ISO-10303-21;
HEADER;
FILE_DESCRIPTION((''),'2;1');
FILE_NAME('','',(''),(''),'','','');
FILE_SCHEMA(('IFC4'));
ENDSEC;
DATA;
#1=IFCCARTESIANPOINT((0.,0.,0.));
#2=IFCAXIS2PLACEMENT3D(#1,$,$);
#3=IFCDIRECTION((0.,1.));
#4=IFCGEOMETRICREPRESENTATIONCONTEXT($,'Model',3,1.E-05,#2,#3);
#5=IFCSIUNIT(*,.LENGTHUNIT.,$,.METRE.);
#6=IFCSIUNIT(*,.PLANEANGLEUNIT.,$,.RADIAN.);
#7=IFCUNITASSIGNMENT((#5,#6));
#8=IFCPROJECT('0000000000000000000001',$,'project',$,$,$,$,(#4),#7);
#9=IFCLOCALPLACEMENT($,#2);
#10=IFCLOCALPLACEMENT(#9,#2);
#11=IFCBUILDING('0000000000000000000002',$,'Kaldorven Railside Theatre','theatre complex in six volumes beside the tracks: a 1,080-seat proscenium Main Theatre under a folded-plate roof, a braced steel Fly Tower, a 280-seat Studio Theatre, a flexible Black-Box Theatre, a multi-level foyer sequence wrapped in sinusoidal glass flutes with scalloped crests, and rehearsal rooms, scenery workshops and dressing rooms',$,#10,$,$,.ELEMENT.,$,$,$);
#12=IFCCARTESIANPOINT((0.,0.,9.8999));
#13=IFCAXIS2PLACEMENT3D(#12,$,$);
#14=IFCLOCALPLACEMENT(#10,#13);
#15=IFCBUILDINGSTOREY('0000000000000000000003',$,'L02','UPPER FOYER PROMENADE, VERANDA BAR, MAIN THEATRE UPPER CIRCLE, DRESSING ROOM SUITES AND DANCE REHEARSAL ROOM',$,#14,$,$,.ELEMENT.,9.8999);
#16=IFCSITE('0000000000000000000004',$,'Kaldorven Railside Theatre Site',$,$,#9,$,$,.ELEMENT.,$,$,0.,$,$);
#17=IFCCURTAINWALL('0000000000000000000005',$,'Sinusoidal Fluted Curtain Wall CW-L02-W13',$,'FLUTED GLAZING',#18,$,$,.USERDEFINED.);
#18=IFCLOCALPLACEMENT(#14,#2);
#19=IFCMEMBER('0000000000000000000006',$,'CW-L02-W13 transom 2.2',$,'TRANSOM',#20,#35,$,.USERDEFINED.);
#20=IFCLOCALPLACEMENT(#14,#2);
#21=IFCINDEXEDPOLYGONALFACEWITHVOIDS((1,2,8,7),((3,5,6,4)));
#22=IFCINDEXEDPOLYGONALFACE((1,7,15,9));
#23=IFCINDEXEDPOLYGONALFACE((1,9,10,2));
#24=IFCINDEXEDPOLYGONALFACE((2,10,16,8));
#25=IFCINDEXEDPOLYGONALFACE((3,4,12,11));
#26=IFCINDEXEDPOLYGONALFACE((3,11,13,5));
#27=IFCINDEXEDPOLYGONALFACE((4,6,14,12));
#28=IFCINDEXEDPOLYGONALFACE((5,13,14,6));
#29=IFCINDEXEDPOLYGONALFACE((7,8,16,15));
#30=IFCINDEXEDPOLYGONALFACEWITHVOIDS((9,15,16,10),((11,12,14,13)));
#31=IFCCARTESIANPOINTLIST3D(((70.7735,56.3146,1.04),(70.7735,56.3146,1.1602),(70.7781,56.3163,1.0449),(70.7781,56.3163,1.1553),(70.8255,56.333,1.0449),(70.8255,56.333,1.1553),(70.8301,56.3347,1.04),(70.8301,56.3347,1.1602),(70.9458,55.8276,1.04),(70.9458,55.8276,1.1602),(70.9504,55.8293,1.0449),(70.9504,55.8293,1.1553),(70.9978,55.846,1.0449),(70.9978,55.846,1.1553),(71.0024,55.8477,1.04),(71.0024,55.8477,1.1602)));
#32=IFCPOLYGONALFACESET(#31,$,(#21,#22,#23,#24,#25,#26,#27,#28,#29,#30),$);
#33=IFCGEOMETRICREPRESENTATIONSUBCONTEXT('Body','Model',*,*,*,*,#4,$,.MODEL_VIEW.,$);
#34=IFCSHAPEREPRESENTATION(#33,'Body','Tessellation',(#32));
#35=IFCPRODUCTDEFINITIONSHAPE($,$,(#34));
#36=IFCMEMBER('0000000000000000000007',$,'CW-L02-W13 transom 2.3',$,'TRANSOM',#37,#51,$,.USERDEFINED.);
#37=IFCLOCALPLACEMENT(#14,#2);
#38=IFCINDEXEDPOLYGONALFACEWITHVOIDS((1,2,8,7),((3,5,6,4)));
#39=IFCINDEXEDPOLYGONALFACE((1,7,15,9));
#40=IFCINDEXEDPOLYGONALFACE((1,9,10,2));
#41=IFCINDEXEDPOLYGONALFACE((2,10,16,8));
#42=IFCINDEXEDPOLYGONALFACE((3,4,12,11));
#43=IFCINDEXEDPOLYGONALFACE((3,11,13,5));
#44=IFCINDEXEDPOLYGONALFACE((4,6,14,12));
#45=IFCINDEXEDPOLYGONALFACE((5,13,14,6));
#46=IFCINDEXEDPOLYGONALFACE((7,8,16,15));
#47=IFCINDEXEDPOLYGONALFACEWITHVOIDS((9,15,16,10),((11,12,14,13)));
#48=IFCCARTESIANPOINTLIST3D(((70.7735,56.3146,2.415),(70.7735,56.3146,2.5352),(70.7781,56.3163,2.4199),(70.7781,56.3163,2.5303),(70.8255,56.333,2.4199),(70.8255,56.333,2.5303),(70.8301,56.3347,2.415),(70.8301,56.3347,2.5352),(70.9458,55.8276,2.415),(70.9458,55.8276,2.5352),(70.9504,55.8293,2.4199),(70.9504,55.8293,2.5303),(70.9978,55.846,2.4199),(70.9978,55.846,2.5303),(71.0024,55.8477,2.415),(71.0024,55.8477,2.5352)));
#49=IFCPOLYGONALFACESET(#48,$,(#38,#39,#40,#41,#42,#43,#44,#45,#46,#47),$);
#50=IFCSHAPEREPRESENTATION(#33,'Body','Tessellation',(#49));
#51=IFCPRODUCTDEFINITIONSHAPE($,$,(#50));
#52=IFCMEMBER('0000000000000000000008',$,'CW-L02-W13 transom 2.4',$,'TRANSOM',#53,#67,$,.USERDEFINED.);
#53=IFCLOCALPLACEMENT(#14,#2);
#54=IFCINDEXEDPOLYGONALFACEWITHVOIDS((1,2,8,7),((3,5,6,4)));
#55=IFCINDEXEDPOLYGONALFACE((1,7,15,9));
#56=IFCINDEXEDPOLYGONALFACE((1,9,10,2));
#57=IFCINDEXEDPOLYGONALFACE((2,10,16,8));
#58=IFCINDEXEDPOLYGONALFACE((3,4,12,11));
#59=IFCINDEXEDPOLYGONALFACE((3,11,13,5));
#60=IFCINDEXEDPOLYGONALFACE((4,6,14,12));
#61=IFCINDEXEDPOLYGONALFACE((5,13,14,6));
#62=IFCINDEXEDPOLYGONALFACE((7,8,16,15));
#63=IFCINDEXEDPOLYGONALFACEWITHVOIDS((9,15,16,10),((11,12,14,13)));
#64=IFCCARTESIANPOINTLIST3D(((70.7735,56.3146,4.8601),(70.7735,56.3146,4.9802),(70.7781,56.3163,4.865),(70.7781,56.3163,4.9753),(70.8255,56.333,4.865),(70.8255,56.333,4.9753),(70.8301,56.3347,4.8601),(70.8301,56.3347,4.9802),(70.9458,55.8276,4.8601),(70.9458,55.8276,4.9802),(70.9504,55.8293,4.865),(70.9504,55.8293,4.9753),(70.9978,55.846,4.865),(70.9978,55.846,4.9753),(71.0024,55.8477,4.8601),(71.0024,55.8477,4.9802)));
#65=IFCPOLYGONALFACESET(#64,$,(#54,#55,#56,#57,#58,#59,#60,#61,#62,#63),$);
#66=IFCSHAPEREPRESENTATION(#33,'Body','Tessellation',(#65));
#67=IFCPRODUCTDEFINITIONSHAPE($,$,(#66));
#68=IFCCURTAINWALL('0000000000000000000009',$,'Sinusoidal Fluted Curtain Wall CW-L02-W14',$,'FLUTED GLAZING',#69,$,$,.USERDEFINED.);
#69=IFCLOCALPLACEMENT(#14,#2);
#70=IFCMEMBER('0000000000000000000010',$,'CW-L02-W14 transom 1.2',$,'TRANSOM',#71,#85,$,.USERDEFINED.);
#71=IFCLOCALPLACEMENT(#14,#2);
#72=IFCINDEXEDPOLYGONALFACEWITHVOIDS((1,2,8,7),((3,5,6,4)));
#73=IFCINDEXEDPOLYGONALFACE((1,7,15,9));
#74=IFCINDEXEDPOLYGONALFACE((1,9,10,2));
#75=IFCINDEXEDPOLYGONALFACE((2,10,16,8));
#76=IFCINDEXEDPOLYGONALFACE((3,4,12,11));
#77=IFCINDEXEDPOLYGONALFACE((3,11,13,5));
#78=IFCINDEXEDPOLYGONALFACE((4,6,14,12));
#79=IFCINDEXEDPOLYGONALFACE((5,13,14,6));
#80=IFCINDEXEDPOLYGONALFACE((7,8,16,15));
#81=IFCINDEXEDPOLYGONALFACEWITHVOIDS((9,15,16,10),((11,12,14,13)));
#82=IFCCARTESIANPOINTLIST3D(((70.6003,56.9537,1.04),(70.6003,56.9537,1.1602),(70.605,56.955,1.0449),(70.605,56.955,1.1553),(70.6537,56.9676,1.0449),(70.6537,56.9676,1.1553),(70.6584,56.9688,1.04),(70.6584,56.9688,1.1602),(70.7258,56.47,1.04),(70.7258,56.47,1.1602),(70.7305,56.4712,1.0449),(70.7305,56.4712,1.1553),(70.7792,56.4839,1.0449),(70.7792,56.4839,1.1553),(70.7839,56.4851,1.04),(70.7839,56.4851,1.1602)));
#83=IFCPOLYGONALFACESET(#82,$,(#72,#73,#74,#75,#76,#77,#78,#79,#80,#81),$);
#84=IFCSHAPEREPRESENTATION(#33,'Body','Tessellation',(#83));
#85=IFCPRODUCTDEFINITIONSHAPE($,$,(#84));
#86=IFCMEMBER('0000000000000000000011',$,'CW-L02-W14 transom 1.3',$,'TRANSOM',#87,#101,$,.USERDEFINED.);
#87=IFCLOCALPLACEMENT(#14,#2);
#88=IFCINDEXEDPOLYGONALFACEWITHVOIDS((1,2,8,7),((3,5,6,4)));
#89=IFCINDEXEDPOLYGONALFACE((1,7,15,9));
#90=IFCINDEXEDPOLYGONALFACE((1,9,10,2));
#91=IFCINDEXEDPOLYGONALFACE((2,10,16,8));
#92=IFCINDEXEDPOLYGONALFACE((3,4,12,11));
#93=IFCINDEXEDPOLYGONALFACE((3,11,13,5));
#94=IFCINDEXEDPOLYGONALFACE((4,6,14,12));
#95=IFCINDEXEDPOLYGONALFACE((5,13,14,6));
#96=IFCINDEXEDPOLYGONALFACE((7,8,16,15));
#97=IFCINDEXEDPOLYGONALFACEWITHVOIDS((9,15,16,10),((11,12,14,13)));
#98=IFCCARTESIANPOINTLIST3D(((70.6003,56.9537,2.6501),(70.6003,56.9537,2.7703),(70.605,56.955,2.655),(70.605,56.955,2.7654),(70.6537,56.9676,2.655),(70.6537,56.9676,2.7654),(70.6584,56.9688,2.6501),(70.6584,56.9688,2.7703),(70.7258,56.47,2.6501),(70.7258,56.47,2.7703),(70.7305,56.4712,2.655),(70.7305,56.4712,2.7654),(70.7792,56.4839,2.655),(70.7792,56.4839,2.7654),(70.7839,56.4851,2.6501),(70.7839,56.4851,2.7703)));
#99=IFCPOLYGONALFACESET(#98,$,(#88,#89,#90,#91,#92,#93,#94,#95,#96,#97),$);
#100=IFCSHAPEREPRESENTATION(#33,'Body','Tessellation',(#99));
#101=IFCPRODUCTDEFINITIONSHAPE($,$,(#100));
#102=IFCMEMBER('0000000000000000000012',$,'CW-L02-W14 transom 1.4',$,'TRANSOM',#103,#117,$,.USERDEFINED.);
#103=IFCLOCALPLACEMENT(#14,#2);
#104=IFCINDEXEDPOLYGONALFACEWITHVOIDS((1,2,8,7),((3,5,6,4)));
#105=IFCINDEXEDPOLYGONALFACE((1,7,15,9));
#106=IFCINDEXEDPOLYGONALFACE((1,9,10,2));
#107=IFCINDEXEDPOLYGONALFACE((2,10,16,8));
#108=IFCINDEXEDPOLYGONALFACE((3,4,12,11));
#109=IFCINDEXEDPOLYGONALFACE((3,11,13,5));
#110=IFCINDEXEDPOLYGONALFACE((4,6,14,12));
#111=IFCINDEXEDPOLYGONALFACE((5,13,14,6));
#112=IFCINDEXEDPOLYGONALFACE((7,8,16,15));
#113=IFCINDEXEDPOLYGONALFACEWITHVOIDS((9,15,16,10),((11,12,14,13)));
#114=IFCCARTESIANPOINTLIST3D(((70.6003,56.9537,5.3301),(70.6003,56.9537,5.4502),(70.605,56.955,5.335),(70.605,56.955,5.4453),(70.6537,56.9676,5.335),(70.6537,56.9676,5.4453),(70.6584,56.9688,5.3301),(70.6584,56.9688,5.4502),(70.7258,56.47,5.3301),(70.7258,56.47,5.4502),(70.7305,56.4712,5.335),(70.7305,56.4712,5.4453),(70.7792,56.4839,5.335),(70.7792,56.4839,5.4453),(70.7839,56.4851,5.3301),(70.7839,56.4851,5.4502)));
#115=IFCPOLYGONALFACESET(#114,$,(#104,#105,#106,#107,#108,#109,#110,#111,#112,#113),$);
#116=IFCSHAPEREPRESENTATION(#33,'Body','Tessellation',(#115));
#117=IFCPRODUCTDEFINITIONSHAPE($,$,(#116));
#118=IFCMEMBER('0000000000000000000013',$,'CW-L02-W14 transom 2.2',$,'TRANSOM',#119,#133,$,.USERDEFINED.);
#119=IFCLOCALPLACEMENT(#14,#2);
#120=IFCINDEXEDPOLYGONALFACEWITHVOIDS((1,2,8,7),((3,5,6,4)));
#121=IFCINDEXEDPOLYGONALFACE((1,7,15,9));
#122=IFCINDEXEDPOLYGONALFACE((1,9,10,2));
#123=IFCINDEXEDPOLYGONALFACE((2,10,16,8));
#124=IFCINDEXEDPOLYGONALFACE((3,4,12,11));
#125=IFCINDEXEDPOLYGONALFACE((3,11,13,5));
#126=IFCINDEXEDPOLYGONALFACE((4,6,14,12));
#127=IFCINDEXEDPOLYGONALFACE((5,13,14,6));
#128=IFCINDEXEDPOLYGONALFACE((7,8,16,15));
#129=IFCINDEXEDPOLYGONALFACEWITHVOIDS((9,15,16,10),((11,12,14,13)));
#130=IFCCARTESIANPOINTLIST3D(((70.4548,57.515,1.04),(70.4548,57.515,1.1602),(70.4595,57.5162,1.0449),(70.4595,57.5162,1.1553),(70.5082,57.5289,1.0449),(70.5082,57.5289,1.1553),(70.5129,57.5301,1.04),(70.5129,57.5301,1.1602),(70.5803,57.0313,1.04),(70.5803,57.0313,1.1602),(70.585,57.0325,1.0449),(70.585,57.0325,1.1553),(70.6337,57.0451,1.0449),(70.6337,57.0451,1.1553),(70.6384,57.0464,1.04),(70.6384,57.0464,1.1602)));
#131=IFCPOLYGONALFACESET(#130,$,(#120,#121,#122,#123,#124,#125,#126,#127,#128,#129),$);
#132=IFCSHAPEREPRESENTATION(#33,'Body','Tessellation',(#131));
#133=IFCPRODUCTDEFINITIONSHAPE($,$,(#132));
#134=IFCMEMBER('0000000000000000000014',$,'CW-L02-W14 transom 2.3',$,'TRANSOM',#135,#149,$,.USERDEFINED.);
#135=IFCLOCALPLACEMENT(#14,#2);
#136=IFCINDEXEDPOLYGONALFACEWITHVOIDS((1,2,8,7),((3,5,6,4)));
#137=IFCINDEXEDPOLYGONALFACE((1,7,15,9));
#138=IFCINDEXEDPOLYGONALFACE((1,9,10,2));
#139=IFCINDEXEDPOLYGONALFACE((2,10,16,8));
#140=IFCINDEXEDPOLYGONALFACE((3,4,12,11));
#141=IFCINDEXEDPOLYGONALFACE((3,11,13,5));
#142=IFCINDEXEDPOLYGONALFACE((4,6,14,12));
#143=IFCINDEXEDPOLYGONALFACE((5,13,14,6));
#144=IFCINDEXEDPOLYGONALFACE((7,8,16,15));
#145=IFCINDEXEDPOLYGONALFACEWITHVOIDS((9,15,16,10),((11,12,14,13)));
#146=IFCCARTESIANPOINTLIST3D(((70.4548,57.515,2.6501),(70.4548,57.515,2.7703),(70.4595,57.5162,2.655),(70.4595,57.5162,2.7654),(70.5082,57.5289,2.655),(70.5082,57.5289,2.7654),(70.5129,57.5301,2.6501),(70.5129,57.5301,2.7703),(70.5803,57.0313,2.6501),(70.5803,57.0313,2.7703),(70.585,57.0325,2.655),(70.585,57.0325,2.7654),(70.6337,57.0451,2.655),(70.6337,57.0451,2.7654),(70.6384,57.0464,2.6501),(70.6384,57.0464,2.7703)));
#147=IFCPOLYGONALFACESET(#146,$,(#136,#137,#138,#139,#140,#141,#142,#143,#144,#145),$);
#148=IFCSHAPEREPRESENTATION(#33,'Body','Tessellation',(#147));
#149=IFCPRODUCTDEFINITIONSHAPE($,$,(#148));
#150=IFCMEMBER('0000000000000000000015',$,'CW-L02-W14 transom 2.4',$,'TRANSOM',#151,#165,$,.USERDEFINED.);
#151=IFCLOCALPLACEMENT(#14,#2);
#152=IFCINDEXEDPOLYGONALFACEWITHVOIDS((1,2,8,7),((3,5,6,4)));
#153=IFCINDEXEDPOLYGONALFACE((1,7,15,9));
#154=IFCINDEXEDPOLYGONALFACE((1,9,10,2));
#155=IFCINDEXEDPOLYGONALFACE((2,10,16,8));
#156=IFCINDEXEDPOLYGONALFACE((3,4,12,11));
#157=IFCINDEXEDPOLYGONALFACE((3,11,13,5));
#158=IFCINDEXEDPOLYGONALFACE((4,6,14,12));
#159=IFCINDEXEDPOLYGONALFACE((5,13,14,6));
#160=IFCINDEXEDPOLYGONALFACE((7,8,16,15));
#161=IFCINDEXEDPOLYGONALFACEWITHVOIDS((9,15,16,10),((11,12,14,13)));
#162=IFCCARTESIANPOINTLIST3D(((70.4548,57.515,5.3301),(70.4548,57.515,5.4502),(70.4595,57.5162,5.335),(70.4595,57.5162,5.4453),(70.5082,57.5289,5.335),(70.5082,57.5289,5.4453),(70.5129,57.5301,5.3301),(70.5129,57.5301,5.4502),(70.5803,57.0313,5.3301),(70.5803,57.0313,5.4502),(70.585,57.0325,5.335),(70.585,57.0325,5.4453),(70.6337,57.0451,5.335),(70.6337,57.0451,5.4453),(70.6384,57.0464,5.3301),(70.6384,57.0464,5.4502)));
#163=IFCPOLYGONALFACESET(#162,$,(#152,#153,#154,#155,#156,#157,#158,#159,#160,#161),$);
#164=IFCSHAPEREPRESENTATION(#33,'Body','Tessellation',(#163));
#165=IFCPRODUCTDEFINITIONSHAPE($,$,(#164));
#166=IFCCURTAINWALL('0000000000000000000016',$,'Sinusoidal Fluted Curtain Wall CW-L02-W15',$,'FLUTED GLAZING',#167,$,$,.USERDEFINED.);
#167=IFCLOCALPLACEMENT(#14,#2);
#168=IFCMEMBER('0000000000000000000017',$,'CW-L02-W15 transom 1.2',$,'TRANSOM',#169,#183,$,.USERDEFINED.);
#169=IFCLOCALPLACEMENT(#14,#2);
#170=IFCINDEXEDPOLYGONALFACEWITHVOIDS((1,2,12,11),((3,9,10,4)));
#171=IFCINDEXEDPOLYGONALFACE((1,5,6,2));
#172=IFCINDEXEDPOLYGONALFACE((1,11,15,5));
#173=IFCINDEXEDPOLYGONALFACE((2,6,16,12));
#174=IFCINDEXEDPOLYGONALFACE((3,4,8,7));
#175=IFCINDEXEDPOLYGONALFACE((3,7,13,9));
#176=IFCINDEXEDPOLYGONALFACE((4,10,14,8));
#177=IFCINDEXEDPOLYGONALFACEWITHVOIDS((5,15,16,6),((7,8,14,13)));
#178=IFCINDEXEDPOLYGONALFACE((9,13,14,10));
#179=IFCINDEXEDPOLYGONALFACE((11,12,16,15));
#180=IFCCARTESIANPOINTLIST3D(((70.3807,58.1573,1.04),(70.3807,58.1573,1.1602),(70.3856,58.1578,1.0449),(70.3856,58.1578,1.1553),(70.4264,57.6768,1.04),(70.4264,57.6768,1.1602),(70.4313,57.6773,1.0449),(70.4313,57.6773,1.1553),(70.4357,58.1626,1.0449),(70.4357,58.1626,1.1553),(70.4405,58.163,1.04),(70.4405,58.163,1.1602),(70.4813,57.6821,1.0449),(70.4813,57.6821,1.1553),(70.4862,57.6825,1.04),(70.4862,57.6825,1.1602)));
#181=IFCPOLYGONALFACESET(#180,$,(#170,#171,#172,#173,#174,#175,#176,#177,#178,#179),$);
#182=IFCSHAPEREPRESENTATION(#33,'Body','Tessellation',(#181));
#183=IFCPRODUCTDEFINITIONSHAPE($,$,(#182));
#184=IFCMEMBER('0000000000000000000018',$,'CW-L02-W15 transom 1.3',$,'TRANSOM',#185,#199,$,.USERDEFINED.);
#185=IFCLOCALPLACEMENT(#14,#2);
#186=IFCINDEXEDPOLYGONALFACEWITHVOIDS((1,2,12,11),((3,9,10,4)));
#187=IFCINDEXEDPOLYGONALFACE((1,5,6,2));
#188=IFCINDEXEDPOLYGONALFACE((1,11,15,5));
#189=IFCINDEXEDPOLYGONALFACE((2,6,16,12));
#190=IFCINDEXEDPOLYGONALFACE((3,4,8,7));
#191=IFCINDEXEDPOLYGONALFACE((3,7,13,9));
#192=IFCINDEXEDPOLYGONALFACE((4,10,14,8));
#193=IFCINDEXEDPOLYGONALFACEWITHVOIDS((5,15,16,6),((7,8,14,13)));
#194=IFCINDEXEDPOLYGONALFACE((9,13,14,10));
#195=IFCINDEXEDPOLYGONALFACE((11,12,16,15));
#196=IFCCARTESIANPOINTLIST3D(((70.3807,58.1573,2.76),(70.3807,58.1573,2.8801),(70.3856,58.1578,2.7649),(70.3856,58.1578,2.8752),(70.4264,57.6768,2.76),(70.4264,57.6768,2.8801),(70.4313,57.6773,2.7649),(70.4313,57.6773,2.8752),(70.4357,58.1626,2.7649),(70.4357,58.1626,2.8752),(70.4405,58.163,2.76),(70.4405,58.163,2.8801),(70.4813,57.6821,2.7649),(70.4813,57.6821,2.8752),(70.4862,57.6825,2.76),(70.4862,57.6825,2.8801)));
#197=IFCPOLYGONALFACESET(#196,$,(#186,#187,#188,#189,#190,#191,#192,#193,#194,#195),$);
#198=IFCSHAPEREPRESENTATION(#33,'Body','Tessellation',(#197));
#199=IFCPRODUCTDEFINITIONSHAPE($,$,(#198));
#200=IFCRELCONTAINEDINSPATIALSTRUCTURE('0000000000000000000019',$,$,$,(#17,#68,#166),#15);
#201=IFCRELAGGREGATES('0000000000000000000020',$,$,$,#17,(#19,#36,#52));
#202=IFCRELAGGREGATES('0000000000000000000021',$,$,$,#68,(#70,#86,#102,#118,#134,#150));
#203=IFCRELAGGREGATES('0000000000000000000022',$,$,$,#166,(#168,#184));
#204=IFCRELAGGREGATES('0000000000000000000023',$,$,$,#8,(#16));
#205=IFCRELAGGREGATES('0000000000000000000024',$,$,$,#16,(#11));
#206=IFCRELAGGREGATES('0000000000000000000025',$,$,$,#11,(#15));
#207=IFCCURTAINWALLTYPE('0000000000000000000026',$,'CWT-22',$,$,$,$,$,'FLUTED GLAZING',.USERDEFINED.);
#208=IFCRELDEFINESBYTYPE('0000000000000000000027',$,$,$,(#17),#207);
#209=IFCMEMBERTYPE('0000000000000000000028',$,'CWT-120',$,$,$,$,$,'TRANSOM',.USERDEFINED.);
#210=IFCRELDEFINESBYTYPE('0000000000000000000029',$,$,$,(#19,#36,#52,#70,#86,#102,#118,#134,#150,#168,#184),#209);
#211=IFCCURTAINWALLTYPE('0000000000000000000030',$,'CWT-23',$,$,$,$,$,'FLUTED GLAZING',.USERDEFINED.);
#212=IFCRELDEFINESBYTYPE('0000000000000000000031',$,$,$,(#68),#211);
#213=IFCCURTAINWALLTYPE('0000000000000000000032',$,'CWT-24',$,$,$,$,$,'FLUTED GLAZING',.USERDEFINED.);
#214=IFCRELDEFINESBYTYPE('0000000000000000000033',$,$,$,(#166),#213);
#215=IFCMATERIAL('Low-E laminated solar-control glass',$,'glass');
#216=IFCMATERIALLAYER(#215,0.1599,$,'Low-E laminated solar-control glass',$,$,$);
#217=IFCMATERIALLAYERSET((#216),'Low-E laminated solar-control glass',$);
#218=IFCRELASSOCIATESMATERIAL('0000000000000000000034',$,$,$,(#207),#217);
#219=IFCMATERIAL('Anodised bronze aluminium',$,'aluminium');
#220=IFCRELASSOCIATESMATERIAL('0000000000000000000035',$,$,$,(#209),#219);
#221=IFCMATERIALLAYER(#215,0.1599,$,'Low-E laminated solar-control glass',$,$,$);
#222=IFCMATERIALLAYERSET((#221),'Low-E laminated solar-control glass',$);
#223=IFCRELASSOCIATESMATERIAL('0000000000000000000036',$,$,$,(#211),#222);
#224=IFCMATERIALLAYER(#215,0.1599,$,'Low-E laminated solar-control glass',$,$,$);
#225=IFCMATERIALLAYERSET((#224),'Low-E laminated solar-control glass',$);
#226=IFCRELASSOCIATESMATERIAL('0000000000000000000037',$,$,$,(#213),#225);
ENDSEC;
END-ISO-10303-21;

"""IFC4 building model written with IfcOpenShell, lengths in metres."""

from ifc_helpers import new_model, si_unit, direction, frame, origin, origin_2d, place, context, subcontext, project, spatial, hollow_rectangle, extrude, material, layer, layer_set, material_profile, profile_set, type_object, element, aggregate, save


model = new_model("IFC4")

# Units and contexts
model_context = context("Model", 3, precision=1e-05, world=origin(), true_north=direction((0.0, 1.0)))
body_context = subcontext(model_context, "Body", "Model", "MODEL_VIEW")
ifc_project = project(units=[si_unit("LENGTHUNIT", "METRE"), si_unit("PLANEANGLEUNIT", "RADIAN")], contexts=[model_context])

# Site, building, storey
site_placement = place(None, origin())
site = spatial("IfcSite", under=ifc_project, at=site_placement, Name="Kaldorven Railside Theatre Site", CompositionType="ELEMENT", RefElevation=0.0)
building_placement = place(site_placement, origin())
building = spatial("IfcBuilding", under=site, at=building_placement, Name="Kaldorven Railside Theatre", Description="theatre complex in six volumes beside the tracks: a 1,080-seat proscenium Main Theatre under a folded-plate roof, a braced steel Fly Tower, a 280-seat Studio Theatre, a flexible Black-Box Theatre, a multi-level foyer sequence wrapped in sinusoidal glass flutes with scalloped crests, and rehearsal rooms, scenery workshops and dressing rooms", CompositionType="ELEMENT")
storey_placement = place(building_placement, frame((0.0, 0.0, 9.8999)))
storey = spatial("IfcBuildingStorey", under=building, at=storey_placement, Name="L02", Description="UPPER FOYER PROMENADE, VERANDA BAR, MAIN THEATRE UPPER CIRCLE, DRESSING ROOM SUITES AND DANCE REHEARSAL ROOM", CompositionType="ELEMENT", Elevation=9.8999)

# Curtain walls, members
ifc_material_1 = material(Name="Low-E laminated solar-control glass", Category="glass")
ifc_layer_1 = layer(ifc_material_1, 0.1599, Name="Low-E laminated solar-control glass")
ifc_layer_set_1 = layer_set([ifc_layer_1], Name="Low-E laminated solar-control glass")
curtain_wall_type_1 = type_object("IfcCurtainWallType", Name="CWT-22", ElementType="FLUTED GLAZING", PredefinedType="USERDEFINED", material=ifc_layer_set_1)
curtain_wall_1_placement = place(storey_placement, origin())
curtain_wall_1 = element("IfcCurtainWall", 1, at=curtain_wall_1_placement, inside=storey, type_object=curtain_wall_type_1, Name="Sinusoidal Fluted Curtain Wall CW-L02-W13", ObjectType="FLUTED GLAZING", PredefinedType="USERDEFINED")
ifc_material_2 = material(Name="Anodised bronze aluminium", Category="aluminium")
ifc_material_profile = material_profile(ifc_material_2, hollow_rectangle(XDim=0.0601, YDim=0.1201, WallThickness=0.0049, at=origin_2d()), Name="RHS 120x60x5")
ifc_profile_set = profile_set([ifc_material_profile], Name="Anodised bronze aluminium")
member_type = type_object("IfcMemberType", Name="CWT-120", ElementType="TRANSOM", PredefinedType="USERDEFINED", material=ifc_profile_set)
member_1_placement = place(storey_placement, frame((70.9741, 55.8376, 1.1001), z_axis=(-0.333611, 0.942711, 0.0), x_axis=(-0.942711, -0.333611, 0.0)))
member_1 = element("IfcMember", 2, at=member_1_placement, type_object=member_type, Name="CW-L02-W13 transom 2.2", ObjectType="TRANSOM", PredefinedType="USERDEFINED", context=body_context, shape_type="SweptSolid", body=[
    extrude(hollow_rectangle(XDim=0.0601, YDim=0.1201, WallThickness=0.0049, at=origin_2d()), origin(), (0.0, 0.0, 1.0), 0.5166),
])
member_2_placement = place(storey_placement, frame((70.9741, 55.8376, 2.4751), z_axis=(-0.333611, 0.942711, 0.0), x_axis=(-0.942711, -0.333611, 0.0)))
member_2 = element("IfcMember", 3, at=member_2_placement, type_object=member_type, Name="CW-L02-W13 transom 2.3", ObjectType="TRANSOM", PredefinedType="USERDEFINED", context=body_context, shape_type="SweptSolid", body=[
    extrude(hollow_rectangle(XDim=0.0601, YDim=0.1201, WallThickness=0.0049, at=origin_2d()), origin(), (0.0, 0.0, 1.0), 0.5166),
])
member_3_placement = place(storey_placement, frame((70.9741, 55.8376, 4.9202), z_axis=(-0.333611, 0.942711, 0.0), x_axis=(-0.942711, -0.333611, 0.0)))
member_3 = element("IfcMember", 4, at=member_3_placement, type_object=member_type, Name="CW-L02-W13 transom 2.4", ObjectType="TRANSOM", PredefinedType="USERDEFINED", context=body_context, shape_type="SweptSolid", body=[
    extrude(hollow_rectangle(XDim=0.0601, YDim=0.1201, WallThickness=0.0049, at=origin_2d()), origin(), (0.0, 0.0, 1.0), 0.5166),
])
ifc_layer_2 = layer(ifc_material_1, 0.1599, Name="Low-E laminated solar-control glass")
ifc_layer_set_2 = layer_set([ifc_layer_2], Name="Low-E laminated solar-control glass")
curtain_wall_type_2 = type_object("IfcCurtainWallType", Name="CWT-23", ElementType="FLUTED GLAZING", PredefinedType="USERDEFINED", material=ifc_layer_set_2)
curtain_wall_2_placement = place(storey_placement, origin())
curtain_wall_2 = element("IfcCurtainWall", 5, at=curtain_wall_2_placement, inside=storey, type_object=curtain_wall_type_2, Name="Sinusoidal Fluted Curtain Wall CW-L02-W14", ObjectType="FLUTED GLAZING", PredefinedType="USERDEFINED")
member_4_placement = place(storey_placement, frame((70.7549, 56.4775, 1.1001), z_axis=(-0.251149, 0.967949, 0.0), x_axis=(-0.967949, -0.251149, 0.0)))
member_4 = element("IfcMember", 6, at=member_4_placement, type_object=member_type, Name="CW-L02-W14 transom 1.2", ObjectType="TRANSOM", PredefinedType="USERDEFINED", context=body_context, shape_type="SweptSolid", body=[
    extrude(hollow_rectangle(XDim=0.0601, YDim=0.1201, WallThickness=0.0049, at=origin_2d()), origin(), (0.0, 0.0, 1.0), 0.4998),
])
member_5_placement = place(storey_placement, frame((70.7549, 56.4775, 2.7102), z_axis=(-0.251149, 0.967949, 0.0), x_axis=(-0.967949, -0.251149, 0.0)))
member_5 = element("IfcMember", 7, at=member_5_placement, type_object=member_type, Name="CW-L02-W14 transom 1.3", ObjectType="TRANSOM", PredefinedType="USERDEFINED", context=body_context, shape_type="SweptSolid", body=[
    extrude(hollow_rectangle(XDim=0.0601, YDim=0.1201, WallThickness=0.0049, at=origin_2d()), origin(), (0.0, 0.0, 1.0), 0.4998),
])
member_6_placement = place(storey_placement, frame((70.7549, 56.4775, 5.3901), z_axis=(-0.251149, 0.967949, 0.0), x_axis=(-0.967949, -0.251149, 0.0)))
member_6 = element("IfcMember", 8, at=member_6_placement, type_object=member_type, Name="CW-L02-W14 transom 1.4", ObjectType="TRANSOM", PredefinedType="USERDEFINED", context=body_context, shape_type="SweptSolid", body=[
    extrude(hollow_rectangle(XDim=0.0601, YDim=0.1201, WallThickness=0.0049, at=origin_2d()), origin(), (0.0, 0.0, 1.0), 0.4998),
])
member_7_placement = place(storey_placement, frame((70.6094, 57.0388, 1.1001), z_axis=(-0.251149, 0.967949, 0.0), x_axis=(-0.967949, -0.251149, 0.0)))
member_7 = element("IfcMember", 9, at=member_7_placement, type_object=member_type, Name="CW-L02-W14 transom 2.2", ObjectType="TRANSOM", PredefinedType="USERDEFINED", context=body_context, shape_type="SweptSolid", body=[
    extrude(hollow_rectangle(XDim=0.0601, YDim=0.1201, WallThickness=0.0049, at=origin_2d()), origin(), (0.0, 0.0, 1.0), 0.4998),
])
member_8_placement = place(storey_placement, frame((70.6094, 57.0388, 2.7102), z_axis=(-0.251149, 0.967949, 0.0), x_axis=(-0.967949, -0.251149, 0.0)))
member_8 = element("IfcMember", 10, at=member_8_placement, type_object=member_type, Name="CW-L02-W14 transom 2.3", ObjectType="TRANSOM", PredefinedType="USERDEFINED", context=body_context, shape_type="SweptSolid", body=[
    extrude(hollow_rectangle(XDim=0.0601, YDim=0.1201, WallThickness=0.0049, at=origin_2d()), origin(), (0.0, 0.0, 1.0), 0.4998),
])
member_9_placement = place(storey_placement, frame((70.6094, 57.0388, 5.3901), z_axis=(-0.251149, 0.967949, 0.0), x_axis=(-0.967949, -0.251149, 0.0)))
member_9 = element("IfcMember", 11, at=member_9_placement, type_object=member_type, Name="CW-L02-W14 transom 2.4", ObjectType="TRANSOM", PredefinedType="USERDEFINED", context=body_context, shape_type="SweptSolid", body=[
    extrude(hollow_rectangle(XDim=0.0601, YDim=0.1201, WallThickness=0.0049, at=origin_2d()), origin(), (0.0, 0.0, 1.0), 0.4998),
])
ifc_layer_3 = layer(ifc_material_1, 0.1599, Name="Low-E laminated solar-control glass")
ifc_layer_set_3 = layer_set([ifc_layer_3], Name="Low-E laminated solar-control glass")
curtain_wall_type_3 = type_object("IfcCurtainWallType", Name="CWT-24", ElementType="FLUTED GLAZING", PredefinedType="USERDEFINED", material=ifc_layer_set_3)
curtain_wall_3_placement = place(storey_placement, origin())
curtain_wall_3 = element("IfcCurtainWall", 12, at=curtain_wall_3_placement, inside=storey, type_object=curtain_wall_type_3, Name="Sinusoidal Fluted Curtain Wall CW-L02-W15", ObjectType="FLUTED GLAZING", PredefinedType="USERDEFINED")
member_10_placement = place(storey_placement, frame((70.4563, 57.6797, 1.1001), z_axis=(-0.094594, 0.995516, 0.0), x_axis=(-0.995516, -0.094594, 0.0)))
member_10 = element("IfcMember", 13, at=member_10_placement, type_object=member_type, Name="CW-L02-W15 transom 1.2", ObjectType="TRANSOM", PredefinedType="USERDEFINED", context=body_context, shape_type="SweptSolid", body=[
    extrude(hollow_rectangle(XDim=0.0601, YDim=0.1201, WallThickness=0.0049, at=origin_2d()), origin(), (0.0, 0.0, 1.0), 0.4827),
])
member_11_placement = place(storey_placement, frame((70.4563, 57.6797, 2.8201), z_axis=(-0.094594, 0.995516, 0.0), x_axis=(-0.995516, -0.094594, 0.0)))
member_11 = element("IfcMember", 14, at=member_11_placement, type_object=member_type, Name="CW-L02-W15 transom 1.3", ObjectType="TRANSOM", PredefinedType="USERDEFINED", context=body_context, shape_type="SweptSolid", body=[
    extrude(hollow_rectangle(XDim=0.0601, YDim=0.1201, WallThickness=0.0049, at=origin_2d()), origin(), (0.0, 0.0, 1.0), 0.4827),
])

aggregate(curtain_wall_1, [member_1, member_2, member_3])
aggregate(curtain_wall_2, [member_4, member_5, member_6, member_7, member_8, member_9])
aggregate(curtain_wall_3, [member_10, member_11])

save(model, "model.ifc")
